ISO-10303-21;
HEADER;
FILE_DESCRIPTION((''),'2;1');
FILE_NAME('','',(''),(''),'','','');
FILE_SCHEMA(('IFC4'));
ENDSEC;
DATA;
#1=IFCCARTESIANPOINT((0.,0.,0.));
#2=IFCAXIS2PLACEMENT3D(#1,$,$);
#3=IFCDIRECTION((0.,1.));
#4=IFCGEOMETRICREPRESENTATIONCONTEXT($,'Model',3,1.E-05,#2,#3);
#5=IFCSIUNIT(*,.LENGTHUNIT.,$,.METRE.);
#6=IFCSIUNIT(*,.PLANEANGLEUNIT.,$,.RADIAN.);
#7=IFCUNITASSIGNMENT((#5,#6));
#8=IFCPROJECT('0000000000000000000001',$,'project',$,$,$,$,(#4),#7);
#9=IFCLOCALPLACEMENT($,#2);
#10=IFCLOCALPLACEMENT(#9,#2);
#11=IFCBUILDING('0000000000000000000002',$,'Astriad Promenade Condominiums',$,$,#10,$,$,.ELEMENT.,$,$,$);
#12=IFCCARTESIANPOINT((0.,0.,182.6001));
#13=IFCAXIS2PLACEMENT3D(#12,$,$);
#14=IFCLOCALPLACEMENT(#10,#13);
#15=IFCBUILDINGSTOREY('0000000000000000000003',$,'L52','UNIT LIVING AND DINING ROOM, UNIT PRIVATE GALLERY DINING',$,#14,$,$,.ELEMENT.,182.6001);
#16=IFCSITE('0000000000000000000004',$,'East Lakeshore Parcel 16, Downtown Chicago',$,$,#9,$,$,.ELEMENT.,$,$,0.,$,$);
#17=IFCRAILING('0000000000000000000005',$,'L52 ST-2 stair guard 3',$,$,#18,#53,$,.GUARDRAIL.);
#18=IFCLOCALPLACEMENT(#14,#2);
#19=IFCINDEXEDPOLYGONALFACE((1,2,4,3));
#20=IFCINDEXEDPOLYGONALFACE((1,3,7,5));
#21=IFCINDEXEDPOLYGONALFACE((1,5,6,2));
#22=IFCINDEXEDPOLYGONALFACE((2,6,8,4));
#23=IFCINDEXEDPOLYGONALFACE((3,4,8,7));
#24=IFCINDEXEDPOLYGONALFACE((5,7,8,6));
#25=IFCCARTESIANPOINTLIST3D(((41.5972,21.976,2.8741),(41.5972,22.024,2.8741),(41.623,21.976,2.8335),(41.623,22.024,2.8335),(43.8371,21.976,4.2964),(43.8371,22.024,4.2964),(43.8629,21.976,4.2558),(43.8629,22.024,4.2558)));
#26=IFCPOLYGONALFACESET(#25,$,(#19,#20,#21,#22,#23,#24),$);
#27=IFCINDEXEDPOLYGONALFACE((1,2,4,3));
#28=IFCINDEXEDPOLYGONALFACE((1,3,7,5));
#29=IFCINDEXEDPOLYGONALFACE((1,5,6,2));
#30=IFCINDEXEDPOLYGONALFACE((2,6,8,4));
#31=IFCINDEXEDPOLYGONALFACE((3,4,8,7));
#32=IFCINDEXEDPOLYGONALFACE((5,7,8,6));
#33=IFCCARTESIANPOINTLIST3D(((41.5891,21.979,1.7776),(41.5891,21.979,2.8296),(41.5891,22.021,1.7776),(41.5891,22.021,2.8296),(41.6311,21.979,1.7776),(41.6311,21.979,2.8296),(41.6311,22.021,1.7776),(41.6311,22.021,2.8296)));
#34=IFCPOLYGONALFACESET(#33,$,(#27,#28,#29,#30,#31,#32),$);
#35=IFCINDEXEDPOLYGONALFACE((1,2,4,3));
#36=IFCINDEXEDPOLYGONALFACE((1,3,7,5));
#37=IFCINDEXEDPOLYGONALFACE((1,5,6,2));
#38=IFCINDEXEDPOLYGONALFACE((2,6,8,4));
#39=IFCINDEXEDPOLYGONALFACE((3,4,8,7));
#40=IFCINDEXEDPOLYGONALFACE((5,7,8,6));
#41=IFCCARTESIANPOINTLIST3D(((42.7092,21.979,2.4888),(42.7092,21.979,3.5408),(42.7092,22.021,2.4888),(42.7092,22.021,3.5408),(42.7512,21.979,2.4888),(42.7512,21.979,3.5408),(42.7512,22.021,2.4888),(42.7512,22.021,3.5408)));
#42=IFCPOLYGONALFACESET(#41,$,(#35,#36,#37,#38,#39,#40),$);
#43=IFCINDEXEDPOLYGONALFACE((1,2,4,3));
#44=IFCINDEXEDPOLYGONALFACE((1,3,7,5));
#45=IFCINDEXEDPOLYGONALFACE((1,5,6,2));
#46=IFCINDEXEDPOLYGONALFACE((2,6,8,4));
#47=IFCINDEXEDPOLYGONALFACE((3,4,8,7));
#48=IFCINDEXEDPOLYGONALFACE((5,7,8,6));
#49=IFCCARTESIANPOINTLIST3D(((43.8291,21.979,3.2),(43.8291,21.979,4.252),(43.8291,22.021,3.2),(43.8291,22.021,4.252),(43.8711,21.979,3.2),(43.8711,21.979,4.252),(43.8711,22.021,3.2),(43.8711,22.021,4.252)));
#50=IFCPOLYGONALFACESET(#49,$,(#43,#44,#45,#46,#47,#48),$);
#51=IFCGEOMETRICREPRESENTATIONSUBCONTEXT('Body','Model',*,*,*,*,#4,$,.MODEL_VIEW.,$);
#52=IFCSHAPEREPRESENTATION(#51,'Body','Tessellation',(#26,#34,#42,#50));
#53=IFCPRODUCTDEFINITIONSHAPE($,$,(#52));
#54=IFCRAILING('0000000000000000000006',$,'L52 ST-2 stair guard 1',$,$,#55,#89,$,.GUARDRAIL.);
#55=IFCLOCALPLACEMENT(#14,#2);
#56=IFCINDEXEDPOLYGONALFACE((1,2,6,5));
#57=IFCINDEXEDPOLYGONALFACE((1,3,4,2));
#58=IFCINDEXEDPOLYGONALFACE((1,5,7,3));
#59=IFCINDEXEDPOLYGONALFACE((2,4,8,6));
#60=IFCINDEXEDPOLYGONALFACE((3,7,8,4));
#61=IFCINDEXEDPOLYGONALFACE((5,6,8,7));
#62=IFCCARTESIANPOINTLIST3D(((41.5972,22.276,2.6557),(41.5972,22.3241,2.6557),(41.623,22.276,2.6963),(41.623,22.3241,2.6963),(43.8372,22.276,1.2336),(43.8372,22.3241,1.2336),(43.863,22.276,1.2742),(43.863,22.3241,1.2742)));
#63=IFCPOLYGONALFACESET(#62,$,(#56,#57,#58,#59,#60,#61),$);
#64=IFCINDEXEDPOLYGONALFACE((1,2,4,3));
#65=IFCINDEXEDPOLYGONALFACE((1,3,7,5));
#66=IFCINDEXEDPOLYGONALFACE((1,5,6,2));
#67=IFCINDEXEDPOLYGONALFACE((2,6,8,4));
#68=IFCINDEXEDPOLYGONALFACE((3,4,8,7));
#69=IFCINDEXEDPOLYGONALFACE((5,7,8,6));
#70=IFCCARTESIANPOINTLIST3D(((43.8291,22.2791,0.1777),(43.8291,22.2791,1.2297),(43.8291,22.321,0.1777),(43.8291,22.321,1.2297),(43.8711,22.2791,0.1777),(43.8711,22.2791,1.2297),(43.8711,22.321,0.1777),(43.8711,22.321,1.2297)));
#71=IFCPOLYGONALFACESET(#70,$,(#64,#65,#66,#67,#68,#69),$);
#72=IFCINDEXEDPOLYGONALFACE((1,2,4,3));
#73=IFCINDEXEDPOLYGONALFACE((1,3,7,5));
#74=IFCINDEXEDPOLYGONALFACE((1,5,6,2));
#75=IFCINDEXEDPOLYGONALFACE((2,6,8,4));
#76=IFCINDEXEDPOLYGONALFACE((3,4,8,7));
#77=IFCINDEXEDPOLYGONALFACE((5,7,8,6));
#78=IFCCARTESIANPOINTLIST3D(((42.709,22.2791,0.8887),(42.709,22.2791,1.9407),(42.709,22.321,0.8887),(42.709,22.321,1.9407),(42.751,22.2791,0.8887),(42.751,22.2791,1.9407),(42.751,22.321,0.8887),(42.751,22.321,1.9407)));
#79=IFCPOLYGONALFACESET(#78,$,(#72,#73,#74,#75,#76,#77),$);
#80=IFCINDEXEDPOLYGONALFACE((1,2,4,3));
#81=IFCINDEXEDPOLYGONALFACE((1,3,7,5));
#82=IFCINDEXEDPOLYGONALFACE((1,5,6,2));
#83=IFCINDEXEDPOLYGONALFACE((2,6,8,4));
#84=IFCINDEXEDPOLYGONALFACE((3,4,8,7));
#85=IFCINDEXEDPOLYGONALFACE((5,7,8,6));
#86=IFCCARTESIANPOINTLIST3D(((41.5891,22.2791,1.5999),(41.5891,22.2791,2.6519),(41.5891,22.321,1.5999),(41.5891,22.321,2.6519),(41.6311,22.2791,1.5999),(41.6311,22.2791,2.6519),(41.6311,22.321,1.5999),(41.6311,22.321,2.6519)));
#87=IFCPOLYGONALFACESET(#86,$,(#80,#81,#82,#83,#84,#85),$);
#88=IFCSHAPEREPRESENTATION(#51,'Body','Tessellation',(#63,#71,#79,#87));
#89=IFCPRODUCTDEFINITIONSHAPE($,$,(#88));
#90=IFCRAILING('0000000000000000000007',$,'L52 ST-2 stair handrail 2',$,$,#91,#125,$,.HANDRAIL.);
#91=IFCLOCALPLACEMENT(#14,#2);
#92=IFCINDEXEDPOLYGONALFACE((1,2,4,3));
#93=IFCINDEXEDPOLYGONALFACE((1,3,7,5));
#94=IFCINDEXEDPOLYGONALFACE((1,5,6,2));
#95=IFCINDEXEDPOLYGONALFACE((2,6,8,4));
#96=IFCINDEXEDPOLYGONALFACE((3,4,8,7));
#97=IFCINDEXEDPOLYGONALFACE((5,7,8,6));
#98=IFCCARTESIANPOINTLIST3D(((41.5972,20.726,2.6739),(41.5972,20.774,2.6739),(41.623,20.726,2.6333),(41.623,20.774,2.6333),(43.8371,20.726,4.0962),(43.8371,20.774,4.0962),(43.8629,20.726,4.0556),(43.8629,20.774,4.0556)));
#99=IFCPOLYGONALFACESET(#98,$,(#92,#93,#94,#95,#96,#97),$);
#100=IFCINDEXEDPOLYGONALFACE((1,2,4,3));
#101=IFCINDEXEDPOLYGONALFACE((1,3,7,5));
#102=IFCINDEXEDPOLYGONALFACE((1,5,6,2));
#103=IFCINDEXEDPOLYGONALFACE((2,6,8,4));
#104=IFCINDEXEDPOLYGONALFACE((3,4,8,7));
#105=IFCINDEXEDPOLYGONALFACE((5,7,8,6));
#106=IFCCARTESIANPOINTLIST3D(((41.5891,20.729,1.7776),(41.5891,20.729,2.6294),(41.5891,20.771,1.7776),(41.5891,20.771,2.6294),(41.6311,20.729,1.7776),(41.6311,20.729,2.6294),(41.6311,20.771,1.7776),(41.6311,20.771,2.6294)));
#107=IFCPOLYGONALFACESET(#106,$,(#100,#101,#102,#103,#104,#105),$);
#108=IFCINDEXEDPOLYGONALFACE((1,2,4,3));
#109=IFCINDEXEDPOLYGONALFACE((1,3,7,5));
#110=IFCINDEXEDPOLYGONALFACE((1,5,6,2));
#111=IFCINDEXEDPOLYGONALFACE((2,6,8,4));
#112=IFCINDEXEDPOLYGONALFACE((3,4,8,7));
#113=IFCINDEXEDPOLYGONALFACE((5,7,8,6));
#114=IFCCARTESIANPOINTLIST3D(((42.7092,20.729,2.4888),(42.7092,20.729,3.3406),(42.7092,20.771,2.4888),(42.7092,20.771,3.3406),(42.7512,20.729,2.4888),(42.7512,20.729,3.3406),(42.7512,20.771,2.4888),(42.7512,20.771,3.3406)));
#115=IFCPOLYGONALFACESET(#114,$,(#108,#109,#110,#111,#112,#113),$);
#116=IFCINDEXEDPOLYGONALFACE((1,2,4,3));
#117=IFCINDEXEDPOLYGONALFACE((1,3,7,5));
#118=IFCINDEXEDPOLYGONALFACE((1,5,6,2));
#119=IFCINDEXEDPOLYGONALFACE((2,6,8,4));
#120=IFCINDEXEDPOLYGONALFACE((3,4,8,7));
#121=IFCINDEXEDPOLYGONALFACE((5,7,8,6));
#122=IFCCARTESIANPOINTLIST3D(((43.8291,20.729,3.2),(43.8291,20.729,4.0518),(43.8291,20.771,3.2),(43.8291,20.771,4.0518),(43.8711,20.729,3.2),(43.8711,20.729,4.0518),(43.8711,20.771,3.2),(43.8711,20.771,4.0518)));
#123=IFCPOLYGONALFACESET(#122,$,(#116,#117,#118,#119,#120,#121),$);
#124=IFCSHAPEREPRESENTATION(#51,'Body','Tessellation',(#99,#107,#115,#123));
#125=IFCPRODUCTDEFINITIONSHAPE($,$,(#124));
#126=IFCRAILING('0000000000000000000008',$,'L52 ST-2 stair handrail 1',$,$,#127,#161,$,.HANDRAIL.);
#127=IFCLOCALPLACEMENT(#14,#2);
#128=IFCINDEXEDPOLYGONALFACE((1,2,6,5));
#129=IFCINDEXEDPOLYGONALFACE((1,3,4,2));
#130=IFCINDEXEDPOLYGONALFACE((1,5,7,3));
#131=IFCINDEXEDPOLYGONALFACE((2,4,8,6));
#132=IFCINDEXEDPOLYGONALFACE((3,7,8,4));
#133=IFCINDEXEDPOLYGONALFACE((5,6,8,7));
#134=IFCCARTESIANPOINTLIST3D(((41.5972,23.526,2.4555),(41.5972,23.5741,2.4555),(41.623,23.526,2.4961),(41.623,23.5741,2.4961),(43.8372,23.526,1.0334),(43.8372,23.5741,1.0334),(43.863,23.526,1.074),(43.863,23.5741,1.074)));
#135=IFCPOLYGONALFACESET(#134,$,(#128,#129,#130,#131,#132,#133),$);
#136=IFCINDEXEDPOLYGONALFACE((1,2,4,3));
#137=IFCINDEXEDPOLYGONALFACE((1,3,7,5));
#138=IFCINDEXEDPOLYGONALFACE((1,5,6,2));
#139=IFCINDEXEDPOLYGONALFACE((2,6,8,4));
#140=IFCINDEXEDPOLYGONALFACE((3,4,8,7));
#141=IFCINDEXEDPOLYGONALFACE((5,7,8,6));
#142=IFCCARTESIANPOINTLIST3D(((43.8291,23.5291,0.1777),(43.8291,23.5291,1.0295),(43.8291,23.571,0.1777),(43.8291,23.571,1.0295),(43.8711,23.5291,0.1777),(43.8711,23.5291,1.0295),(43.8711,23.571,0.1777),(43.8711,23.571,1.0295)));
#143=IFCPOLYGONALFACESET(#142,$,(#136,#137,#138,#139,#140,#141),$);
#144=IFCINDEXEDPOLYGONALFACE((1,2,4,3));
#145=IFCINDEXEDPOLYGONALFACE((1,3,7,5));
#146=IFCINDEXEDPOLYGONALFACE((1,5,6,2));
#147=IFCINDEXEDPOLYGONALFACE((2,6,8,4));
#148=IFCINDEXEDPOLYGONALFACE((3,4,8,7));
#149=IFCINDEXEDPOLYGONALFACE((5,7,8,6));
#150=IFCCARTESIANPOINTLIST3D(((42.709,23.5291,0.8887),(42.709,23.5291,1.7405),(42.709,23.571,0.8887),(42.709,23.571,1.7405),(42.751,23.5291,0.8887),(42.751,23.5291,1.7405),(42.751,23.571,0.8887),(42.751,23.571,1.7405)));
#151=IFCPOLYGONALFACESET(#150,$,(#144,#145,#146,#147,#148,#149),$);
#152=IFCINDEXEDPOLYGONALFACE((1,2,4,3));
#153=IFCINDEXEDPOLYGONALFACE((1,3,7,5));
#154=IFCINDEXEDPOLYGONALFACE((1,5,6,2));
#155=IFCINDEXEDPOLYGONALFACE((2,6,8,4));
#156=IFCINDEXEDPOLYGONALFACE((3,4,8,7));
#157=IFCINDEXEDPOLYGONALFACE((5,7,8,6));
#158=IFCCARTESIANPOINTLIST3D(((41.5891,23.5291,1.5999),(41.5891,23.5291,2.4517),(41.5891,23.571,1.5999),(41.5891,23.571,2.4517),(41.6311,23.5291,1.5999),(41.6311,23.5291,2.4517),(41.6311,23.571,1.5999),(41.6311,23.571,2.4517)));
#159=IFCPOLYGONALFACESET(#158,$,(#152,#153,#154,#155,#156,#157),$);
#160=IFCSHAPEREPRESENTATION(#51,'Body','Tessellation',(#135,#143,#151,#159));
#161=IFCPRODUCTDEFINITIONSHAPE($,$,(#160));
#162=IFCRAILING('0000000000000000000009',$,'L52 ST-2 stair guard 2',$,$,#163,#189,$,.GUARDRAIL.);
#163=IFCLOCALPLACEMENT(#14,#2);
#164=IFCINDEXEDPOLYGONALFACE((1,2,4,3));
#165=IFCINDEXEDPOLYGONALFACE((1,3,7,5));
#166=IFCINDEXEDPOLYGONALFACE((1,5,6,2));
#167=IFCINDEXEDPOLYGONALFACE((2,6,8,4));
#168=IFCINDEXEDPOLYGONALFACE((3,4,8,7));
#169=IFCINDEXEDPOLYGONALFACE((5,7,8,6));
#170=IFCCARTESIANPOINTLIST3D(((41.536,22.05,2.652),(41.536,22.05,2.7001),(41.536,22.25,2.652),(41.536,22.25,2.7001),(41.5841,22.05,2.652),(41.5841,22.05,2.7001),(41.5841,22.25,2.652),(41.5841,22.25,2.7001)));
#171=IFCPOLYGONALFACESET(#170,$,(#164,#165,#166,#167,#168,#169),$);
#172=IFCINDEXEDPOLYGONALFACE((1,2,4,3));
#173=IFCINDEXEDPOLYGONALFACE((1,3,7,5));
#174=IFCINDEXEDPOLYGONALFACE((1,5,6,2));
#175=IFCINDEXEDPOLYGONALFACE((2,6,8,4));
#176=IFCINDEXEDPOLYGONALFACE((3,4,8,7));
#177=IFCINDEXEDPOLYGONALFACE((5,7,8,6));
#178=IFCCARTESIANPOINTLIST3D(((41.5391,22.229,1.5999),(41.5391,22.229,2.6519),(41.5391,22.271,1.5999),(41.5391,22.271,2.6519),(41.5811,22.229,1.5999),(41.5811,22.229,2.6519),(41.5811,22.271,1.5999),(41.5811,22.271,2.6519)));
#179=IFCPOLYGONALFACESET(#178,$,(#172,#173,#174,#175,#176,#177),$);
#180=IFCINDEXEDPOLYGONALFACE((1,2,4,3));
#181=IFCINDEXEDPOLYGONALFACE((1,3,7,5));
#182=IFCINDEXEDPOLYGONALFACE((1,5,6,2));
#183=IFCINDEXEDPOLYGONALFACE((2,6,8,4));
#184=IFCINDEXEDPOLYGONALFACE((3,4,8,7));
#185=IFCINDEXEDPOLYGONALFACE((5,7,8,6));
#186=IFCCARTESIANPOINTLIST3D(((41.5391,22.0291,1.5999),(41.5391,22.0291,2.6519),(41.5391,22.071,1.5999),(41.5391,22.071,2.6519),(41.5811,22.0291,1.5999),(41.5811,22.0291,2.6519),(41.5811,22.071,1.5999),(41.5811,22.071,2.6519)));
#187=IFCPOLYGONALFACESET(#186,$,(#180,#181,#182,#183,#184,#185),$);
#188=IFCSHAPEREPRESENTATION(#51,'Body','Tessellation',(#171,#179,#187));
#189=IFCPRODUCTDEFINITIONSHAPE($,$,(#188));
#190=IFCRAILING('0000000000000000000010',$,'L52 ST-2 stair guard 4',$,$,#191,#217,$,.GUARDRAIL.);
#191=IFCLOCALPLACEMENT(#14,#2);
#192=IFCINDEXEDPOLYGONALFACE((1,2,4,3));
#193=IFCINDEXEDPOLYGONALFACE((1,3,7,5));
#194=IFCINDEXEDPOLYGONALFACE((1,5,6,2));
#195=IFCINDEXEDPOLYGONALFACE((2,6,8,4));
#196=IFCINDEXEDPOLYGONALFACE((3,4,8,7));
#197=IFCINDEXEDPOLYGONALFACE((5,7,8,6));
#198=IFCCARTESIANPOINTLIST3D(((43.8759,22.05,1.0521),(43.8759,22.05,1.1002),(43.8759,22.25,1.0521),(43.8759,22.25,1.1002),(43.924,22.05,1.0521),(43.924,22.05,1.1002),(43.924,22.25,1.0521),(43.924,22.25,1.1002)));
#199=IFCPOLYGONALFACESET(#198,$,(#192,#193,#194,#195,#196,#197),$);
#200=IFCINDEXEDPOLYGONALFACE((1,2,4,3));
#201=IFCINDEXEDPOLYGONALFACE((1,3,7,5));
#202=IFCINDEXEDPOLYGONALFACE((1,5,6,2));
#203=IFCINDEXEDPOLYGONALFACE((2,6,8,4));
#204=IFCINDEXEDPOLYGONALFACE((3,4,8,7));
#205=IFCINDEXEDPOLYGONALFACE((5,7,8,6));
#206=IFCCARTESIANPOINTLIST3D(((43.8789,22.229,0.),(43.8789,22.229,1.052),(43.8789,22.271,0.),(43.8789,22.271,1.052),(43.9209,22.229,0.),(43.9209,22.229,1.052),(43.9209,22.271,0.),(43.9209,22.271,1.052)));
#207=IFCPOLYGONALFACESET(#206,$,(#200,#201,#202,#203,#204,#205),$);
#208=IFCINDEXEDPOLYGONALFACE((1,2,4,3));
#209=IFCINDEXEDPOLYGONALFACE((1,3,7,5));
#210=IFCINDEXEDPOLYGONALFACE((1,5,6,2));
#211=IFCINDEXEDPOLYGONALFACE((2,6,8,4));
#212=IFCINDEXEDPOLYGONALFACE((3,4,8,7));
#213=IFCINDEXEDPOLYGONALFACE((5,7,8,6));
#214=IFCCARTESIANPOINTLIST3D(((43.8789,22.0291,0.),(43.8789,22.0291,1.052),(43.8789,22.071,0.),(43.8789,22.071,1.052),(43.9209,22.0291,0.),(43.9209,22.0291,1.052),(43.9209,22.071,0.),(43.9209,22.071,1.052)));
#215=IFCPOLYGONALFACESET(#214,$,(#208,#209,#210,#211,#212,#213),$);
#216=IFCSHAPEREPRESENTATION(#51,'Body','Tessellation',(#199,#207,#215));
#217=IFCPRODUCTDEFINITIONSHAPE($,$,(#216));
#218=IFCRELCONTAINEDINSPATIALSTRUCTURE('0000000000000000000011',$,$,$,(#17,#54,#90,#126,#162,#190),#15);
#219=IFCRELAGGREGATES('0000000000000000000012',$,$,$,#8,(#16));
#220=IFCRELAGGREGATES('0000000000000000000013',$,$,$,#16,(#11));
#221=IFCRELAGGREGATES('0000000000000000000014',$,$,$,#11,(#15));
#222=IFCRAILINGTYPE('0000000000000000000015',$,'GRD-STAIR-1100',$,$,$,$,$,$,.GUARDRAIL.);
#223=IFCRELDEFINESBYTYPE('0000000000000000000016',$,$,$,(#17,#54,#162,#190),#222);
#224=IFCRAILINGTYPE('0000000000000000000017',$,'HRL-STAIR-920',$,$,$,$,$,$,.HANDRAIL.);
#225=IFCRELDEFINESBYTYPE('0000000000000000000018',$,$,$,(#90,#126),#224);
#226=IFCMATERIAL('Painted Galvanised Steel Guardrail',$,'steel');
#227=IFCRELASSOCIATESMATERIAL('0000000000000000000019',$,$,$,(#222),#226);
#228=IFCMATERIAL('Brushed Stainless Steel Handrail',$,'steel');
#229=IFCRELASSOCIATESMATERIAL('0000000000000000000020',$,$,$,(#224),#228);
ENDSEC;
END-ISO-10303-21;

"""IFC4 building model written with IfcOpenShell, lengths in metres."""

from ifc_helpers import new_model, si_unit, direction, frame, origin, origin_2d, place, context, subcontext, project, spatial, rectangle, extrude, source, transform, mapped, material, type_object, type_shapes, element, save


model = new_model("IFC4")

# Units and contexts
model_context = context("Model", 3, precision=1e-05, world=origin(), true_north=direction((0.0, 1.0)))
body_context = subcontext(model_context, "Body", "Model", "MODEL_VIEW")
ifc_project = project(units=[si_unit("LENGTHUNIT", "METRE"), si_unit("PLANEANGLEUNIT", "RADIAN")], contexts=[model_context])

# Site, building, storey
site_placement = place(None, origin())
site = spatial("IfcSite", under=ifc_project, at=site_placement, Name="East Lakeshore Parcel 16, Downtown Chicago", CompositionType="ELEMENT", RefElevation=0.0)
building_placement = place(site_placement, origin())
building = spatial("IfcBuilding", under=site, at=building_placement, Name="Astriad Promenade Condominiums", CompositionType="ELEMENT")
storey_placement = place(building_placement, frame((0.0, 0.0, 182.6001)))
storey = spatial("IfcBuildingStorey", under=building, at=storey_placement, Name="L52", Description="UNIT LIVING AND DINING ROOM, UNIT PRIVATE GALLERY DINING", CompositionType="ELEMENT", Elevation=182.6001)

# Railings
ifc_material_1 = material(Name="Painted Galvanised Steel Guardrail", Category="steel")
railing_type_1 = type_object("IfcRailingType", Name="GRD-STAIR-1100", PredefinedType="GUARDRAIL", material=ifc_material_1)
shared_shape_1 = source(origin(), body_context, "Body", "SweptSolid", [
    extrude(rectangle(XDim=0.0481, YDim=0.0481, at=origin_2d()), frame((0.0, 0.0, 1.0762), z_axis=(0.844188, 0.0, 0.536048), x_axis=(0.0, 1.0, 0.0)), (0.0, 0.0, 1.0), 2.6533),
    extrude(rectangle(XDim=0.042, YDim=0.042, at=origin_2d()), origin(), (0.0, 0.0, 1.0), 1.052),
    extrude(rectangle(XDim=0.042, YDim=0.042, at=origin_2d()), frame((1.1201, 0.0, 0.7112)), (0.0, 0.0, 1.0), 1.052),
    extrude(rectangle(XDim=0.042, YDim=0.042, at=origin_2d()), frame((2.24, 0.0, 1.4224)), (0.0, 0.0, 1.0), 1.052),
])
railing_1_placement = place(storey_placement, frame((41.6101, 22.0, 1.7776)))
element("IfcRailing", 1, at=railing_1_placement, inside=storey, type_object=railing_type_1, Name="L52 ST-2 stair guard 3", PredefinedType="GUARDRAIL", context=body_context, shape_type="MappedRepresentation", body=[
    mapped(shared_shape_1, transform((0.0, 0.0, 0.0), scale=1.0)),
])
shared_shape_2 = source(origin(), body_context, "Body", "SweptSolid", [
    extrude(rectangle(XDim=0.0481, YDim=0.0481, at=origin_2d()), frame((0.0, 0.0, 1.0762), z_axis=(-0.844229, 0.0, 0.535982), x_axis=(0.0, -1.0, 0.0)), (0.0, 0.0, 1.0), 2.6533),
    extrude(rectangle(XDim=0.042, YDim=0.042, at=origin_2d()), origin(), (0.0, 0.0, 1.0), 1.052),
    extrude(rectangle(XDim=0.042, YDim=0.042, at=origin_2d()), frame((-1.1201, 0.0, 0.7109)), (0.0, 0.0, 1.0), 1.052),
    extrude(rectangle(XDim=0.042, YDim=0.042, at=origin_2d()), frame((-2.24, 0.0, 1.4221)), (0.0, 0.0, 1.0), 1.052),
])
railing_2_placement = place(storey_placement, frame((43.8501, 22.3, 0.1777)))
element("IfcRailing", 2, at=railing_2_placement, inside=storey, type_object=railing_type_1, Name="L52 ST-2 stair guard 1", PredefinedType="GUARDRAIL", context=body_context, shape_type="MappedRepresentation", body=[
    mapped(shared_shape_2, transform((0.0, 0.0, 0.0), scale=1.0)),
])
ifc_material_2 = material(Name="Brushed Stainless Steel Handrail", Category="steel")
railing_type_2 = type_object("IfcRailingType", Name="HRL-STAIR-920", PredefinedType="HANDRAIL", material=ifc_material_2)
shared_shape_3 = source(origin(), body_context, "Body", "SweptSolid", [
    extrude(rectangle(XDim=0.0481, YDim=0.0481, at=origin_2d()), frame((0.0, 0.0, 0.876), z_axis=(0.844188, 0.0, 0.536048), x_axis=(0.0, 1.0, 0.0)), (0.0, 0.0, 1.0), 2.6533),
    extrude(rectangle(XDim=0.042, YDim=0.042, at=origin_2d()), origin(), (0.0, 0.0, 1.0), 0.8518),
    extrude(rectangle(XDim=0.042, YDim=0.042, at=origin_2d()), frame((1.1201, 0.0, 0.7112)), (0.0, 0.0, 1.0), 0.8518),
    extrude(rectangle(XDim=0.042, YDim=0.042, at=origin_2d()), frame((2.24, 0.0, 1.4224)), (0.0, 0.0, 1.0), 0.8518),
])
railing_3_placement = place(storey_placement, frame((41.6101, 20.75, 1.7776)))
element("IfcRailing", 3, at=railing_3_placement, inside=storey, type_object=railing_type_2, Name="L52 ST-2 stair handrail 2", PredefinedType="HANDRAIL", context=body_context, shape_type="MappedRepresentation", body=[
    mapped(shared_shape_3, transform((0.0, 0.0, 0.0), scale=1.0)),
])
shared_shape_4 = source(origin(), body_context, "Body", "SweptSolid", [
    extrude(rectangle(XDim=0.0481, YDim=0.0481, at=origin_2d()), frame((0.0, 0.0, 0.876), z_axis=(-0.844229, 0.0, 0.535982), x_axis=(0.0, -1.0, 0.0)), (0.0, 0.0, 1.0), 2.6533),
    extrude(rectangle(XDim=0.042, YDim=0.042, at=origin_2d()), origin(), (0.0, 0.0, 1.0), 0.8518),
    extrude(rectangle(XDim=0.042, YDim=0.042, at=origin_2d()), frame((-1.1201, 0.0, 0.7109)), (0.0, 0.0, 1.0), 0.8518),
    extrude(rectangle(XDim=0.042, YDim=0.042, at=origin_2d()), frame((-2.24, 0.0, 1.4221)), (0.0, 0.0, 1.0), 0.8518),
])
type_shapes(railing_type_2, [shared_shape_3, shared_shape_4])
railing_4_placement = place(storey_placement, frame((43.8501, 23.55, 0.1777)))
element("IfcRailing", 4, at=railing_4_placement, inside=storey, type_object=railing_type_2, Name="L52 ST-2 stair handrail 1", PredefinedType="HANDRAIL", context=body_context, shape_type="MappedRepresentation", body=[
    mapped(shared_shape_4, transform((0.0, 0.0, 0.0), scale=1.0)),
])
shared_shape_5 = source(origin(), body_context, "Body", "SweptSolid", [
    extrude(rectangle(XDim=0.0481, YDim=0.0481, at=origin_2d()), frame((0.0, 0.0, 1.0762), z_axis=(0.0, -1.0, 0.0), x_axis=(1.0, 0.0, 0.0)), (0.0, 0.0, 1.0), 0.2),
    extrude(rectangle(XDim=0.042, YDim=0.042, at=origin_2d()), origin(), (0.0, 0.0, 1.0), 1.052),
    extrude(rectangle(XDim=0.042, YDim=0.042, at=origin_2d()), frame((0.0, -0.2, 0.0)), (0.0, 0.0, 1.0), 1.052),
])
type_shapes(railing_type_1, [shared_shape_1, shared_shape_2, shared_shape_5])
for number, where, name in (
    (5, (41.5601, 22.25, 1.5999), "L52 ST-2 stair guard 2"),
    (6, (43.8999, 22.25, 0.0), "L52 ST-2 stair guard 4"),
):
    element("IfcRailing", number, at=place(storey_placement, frame(where)), inside=storey, type_object=railing_type_1, Name=name, PredefinedType="GUARDRAIL", context=body_context, shape_type="MappedRepresentation", body=[
        mapped(shared_shape_5, transform((0.0, 0.0, 0.0), scale=1.0)),
    ])

save(model, "model.ifc")
